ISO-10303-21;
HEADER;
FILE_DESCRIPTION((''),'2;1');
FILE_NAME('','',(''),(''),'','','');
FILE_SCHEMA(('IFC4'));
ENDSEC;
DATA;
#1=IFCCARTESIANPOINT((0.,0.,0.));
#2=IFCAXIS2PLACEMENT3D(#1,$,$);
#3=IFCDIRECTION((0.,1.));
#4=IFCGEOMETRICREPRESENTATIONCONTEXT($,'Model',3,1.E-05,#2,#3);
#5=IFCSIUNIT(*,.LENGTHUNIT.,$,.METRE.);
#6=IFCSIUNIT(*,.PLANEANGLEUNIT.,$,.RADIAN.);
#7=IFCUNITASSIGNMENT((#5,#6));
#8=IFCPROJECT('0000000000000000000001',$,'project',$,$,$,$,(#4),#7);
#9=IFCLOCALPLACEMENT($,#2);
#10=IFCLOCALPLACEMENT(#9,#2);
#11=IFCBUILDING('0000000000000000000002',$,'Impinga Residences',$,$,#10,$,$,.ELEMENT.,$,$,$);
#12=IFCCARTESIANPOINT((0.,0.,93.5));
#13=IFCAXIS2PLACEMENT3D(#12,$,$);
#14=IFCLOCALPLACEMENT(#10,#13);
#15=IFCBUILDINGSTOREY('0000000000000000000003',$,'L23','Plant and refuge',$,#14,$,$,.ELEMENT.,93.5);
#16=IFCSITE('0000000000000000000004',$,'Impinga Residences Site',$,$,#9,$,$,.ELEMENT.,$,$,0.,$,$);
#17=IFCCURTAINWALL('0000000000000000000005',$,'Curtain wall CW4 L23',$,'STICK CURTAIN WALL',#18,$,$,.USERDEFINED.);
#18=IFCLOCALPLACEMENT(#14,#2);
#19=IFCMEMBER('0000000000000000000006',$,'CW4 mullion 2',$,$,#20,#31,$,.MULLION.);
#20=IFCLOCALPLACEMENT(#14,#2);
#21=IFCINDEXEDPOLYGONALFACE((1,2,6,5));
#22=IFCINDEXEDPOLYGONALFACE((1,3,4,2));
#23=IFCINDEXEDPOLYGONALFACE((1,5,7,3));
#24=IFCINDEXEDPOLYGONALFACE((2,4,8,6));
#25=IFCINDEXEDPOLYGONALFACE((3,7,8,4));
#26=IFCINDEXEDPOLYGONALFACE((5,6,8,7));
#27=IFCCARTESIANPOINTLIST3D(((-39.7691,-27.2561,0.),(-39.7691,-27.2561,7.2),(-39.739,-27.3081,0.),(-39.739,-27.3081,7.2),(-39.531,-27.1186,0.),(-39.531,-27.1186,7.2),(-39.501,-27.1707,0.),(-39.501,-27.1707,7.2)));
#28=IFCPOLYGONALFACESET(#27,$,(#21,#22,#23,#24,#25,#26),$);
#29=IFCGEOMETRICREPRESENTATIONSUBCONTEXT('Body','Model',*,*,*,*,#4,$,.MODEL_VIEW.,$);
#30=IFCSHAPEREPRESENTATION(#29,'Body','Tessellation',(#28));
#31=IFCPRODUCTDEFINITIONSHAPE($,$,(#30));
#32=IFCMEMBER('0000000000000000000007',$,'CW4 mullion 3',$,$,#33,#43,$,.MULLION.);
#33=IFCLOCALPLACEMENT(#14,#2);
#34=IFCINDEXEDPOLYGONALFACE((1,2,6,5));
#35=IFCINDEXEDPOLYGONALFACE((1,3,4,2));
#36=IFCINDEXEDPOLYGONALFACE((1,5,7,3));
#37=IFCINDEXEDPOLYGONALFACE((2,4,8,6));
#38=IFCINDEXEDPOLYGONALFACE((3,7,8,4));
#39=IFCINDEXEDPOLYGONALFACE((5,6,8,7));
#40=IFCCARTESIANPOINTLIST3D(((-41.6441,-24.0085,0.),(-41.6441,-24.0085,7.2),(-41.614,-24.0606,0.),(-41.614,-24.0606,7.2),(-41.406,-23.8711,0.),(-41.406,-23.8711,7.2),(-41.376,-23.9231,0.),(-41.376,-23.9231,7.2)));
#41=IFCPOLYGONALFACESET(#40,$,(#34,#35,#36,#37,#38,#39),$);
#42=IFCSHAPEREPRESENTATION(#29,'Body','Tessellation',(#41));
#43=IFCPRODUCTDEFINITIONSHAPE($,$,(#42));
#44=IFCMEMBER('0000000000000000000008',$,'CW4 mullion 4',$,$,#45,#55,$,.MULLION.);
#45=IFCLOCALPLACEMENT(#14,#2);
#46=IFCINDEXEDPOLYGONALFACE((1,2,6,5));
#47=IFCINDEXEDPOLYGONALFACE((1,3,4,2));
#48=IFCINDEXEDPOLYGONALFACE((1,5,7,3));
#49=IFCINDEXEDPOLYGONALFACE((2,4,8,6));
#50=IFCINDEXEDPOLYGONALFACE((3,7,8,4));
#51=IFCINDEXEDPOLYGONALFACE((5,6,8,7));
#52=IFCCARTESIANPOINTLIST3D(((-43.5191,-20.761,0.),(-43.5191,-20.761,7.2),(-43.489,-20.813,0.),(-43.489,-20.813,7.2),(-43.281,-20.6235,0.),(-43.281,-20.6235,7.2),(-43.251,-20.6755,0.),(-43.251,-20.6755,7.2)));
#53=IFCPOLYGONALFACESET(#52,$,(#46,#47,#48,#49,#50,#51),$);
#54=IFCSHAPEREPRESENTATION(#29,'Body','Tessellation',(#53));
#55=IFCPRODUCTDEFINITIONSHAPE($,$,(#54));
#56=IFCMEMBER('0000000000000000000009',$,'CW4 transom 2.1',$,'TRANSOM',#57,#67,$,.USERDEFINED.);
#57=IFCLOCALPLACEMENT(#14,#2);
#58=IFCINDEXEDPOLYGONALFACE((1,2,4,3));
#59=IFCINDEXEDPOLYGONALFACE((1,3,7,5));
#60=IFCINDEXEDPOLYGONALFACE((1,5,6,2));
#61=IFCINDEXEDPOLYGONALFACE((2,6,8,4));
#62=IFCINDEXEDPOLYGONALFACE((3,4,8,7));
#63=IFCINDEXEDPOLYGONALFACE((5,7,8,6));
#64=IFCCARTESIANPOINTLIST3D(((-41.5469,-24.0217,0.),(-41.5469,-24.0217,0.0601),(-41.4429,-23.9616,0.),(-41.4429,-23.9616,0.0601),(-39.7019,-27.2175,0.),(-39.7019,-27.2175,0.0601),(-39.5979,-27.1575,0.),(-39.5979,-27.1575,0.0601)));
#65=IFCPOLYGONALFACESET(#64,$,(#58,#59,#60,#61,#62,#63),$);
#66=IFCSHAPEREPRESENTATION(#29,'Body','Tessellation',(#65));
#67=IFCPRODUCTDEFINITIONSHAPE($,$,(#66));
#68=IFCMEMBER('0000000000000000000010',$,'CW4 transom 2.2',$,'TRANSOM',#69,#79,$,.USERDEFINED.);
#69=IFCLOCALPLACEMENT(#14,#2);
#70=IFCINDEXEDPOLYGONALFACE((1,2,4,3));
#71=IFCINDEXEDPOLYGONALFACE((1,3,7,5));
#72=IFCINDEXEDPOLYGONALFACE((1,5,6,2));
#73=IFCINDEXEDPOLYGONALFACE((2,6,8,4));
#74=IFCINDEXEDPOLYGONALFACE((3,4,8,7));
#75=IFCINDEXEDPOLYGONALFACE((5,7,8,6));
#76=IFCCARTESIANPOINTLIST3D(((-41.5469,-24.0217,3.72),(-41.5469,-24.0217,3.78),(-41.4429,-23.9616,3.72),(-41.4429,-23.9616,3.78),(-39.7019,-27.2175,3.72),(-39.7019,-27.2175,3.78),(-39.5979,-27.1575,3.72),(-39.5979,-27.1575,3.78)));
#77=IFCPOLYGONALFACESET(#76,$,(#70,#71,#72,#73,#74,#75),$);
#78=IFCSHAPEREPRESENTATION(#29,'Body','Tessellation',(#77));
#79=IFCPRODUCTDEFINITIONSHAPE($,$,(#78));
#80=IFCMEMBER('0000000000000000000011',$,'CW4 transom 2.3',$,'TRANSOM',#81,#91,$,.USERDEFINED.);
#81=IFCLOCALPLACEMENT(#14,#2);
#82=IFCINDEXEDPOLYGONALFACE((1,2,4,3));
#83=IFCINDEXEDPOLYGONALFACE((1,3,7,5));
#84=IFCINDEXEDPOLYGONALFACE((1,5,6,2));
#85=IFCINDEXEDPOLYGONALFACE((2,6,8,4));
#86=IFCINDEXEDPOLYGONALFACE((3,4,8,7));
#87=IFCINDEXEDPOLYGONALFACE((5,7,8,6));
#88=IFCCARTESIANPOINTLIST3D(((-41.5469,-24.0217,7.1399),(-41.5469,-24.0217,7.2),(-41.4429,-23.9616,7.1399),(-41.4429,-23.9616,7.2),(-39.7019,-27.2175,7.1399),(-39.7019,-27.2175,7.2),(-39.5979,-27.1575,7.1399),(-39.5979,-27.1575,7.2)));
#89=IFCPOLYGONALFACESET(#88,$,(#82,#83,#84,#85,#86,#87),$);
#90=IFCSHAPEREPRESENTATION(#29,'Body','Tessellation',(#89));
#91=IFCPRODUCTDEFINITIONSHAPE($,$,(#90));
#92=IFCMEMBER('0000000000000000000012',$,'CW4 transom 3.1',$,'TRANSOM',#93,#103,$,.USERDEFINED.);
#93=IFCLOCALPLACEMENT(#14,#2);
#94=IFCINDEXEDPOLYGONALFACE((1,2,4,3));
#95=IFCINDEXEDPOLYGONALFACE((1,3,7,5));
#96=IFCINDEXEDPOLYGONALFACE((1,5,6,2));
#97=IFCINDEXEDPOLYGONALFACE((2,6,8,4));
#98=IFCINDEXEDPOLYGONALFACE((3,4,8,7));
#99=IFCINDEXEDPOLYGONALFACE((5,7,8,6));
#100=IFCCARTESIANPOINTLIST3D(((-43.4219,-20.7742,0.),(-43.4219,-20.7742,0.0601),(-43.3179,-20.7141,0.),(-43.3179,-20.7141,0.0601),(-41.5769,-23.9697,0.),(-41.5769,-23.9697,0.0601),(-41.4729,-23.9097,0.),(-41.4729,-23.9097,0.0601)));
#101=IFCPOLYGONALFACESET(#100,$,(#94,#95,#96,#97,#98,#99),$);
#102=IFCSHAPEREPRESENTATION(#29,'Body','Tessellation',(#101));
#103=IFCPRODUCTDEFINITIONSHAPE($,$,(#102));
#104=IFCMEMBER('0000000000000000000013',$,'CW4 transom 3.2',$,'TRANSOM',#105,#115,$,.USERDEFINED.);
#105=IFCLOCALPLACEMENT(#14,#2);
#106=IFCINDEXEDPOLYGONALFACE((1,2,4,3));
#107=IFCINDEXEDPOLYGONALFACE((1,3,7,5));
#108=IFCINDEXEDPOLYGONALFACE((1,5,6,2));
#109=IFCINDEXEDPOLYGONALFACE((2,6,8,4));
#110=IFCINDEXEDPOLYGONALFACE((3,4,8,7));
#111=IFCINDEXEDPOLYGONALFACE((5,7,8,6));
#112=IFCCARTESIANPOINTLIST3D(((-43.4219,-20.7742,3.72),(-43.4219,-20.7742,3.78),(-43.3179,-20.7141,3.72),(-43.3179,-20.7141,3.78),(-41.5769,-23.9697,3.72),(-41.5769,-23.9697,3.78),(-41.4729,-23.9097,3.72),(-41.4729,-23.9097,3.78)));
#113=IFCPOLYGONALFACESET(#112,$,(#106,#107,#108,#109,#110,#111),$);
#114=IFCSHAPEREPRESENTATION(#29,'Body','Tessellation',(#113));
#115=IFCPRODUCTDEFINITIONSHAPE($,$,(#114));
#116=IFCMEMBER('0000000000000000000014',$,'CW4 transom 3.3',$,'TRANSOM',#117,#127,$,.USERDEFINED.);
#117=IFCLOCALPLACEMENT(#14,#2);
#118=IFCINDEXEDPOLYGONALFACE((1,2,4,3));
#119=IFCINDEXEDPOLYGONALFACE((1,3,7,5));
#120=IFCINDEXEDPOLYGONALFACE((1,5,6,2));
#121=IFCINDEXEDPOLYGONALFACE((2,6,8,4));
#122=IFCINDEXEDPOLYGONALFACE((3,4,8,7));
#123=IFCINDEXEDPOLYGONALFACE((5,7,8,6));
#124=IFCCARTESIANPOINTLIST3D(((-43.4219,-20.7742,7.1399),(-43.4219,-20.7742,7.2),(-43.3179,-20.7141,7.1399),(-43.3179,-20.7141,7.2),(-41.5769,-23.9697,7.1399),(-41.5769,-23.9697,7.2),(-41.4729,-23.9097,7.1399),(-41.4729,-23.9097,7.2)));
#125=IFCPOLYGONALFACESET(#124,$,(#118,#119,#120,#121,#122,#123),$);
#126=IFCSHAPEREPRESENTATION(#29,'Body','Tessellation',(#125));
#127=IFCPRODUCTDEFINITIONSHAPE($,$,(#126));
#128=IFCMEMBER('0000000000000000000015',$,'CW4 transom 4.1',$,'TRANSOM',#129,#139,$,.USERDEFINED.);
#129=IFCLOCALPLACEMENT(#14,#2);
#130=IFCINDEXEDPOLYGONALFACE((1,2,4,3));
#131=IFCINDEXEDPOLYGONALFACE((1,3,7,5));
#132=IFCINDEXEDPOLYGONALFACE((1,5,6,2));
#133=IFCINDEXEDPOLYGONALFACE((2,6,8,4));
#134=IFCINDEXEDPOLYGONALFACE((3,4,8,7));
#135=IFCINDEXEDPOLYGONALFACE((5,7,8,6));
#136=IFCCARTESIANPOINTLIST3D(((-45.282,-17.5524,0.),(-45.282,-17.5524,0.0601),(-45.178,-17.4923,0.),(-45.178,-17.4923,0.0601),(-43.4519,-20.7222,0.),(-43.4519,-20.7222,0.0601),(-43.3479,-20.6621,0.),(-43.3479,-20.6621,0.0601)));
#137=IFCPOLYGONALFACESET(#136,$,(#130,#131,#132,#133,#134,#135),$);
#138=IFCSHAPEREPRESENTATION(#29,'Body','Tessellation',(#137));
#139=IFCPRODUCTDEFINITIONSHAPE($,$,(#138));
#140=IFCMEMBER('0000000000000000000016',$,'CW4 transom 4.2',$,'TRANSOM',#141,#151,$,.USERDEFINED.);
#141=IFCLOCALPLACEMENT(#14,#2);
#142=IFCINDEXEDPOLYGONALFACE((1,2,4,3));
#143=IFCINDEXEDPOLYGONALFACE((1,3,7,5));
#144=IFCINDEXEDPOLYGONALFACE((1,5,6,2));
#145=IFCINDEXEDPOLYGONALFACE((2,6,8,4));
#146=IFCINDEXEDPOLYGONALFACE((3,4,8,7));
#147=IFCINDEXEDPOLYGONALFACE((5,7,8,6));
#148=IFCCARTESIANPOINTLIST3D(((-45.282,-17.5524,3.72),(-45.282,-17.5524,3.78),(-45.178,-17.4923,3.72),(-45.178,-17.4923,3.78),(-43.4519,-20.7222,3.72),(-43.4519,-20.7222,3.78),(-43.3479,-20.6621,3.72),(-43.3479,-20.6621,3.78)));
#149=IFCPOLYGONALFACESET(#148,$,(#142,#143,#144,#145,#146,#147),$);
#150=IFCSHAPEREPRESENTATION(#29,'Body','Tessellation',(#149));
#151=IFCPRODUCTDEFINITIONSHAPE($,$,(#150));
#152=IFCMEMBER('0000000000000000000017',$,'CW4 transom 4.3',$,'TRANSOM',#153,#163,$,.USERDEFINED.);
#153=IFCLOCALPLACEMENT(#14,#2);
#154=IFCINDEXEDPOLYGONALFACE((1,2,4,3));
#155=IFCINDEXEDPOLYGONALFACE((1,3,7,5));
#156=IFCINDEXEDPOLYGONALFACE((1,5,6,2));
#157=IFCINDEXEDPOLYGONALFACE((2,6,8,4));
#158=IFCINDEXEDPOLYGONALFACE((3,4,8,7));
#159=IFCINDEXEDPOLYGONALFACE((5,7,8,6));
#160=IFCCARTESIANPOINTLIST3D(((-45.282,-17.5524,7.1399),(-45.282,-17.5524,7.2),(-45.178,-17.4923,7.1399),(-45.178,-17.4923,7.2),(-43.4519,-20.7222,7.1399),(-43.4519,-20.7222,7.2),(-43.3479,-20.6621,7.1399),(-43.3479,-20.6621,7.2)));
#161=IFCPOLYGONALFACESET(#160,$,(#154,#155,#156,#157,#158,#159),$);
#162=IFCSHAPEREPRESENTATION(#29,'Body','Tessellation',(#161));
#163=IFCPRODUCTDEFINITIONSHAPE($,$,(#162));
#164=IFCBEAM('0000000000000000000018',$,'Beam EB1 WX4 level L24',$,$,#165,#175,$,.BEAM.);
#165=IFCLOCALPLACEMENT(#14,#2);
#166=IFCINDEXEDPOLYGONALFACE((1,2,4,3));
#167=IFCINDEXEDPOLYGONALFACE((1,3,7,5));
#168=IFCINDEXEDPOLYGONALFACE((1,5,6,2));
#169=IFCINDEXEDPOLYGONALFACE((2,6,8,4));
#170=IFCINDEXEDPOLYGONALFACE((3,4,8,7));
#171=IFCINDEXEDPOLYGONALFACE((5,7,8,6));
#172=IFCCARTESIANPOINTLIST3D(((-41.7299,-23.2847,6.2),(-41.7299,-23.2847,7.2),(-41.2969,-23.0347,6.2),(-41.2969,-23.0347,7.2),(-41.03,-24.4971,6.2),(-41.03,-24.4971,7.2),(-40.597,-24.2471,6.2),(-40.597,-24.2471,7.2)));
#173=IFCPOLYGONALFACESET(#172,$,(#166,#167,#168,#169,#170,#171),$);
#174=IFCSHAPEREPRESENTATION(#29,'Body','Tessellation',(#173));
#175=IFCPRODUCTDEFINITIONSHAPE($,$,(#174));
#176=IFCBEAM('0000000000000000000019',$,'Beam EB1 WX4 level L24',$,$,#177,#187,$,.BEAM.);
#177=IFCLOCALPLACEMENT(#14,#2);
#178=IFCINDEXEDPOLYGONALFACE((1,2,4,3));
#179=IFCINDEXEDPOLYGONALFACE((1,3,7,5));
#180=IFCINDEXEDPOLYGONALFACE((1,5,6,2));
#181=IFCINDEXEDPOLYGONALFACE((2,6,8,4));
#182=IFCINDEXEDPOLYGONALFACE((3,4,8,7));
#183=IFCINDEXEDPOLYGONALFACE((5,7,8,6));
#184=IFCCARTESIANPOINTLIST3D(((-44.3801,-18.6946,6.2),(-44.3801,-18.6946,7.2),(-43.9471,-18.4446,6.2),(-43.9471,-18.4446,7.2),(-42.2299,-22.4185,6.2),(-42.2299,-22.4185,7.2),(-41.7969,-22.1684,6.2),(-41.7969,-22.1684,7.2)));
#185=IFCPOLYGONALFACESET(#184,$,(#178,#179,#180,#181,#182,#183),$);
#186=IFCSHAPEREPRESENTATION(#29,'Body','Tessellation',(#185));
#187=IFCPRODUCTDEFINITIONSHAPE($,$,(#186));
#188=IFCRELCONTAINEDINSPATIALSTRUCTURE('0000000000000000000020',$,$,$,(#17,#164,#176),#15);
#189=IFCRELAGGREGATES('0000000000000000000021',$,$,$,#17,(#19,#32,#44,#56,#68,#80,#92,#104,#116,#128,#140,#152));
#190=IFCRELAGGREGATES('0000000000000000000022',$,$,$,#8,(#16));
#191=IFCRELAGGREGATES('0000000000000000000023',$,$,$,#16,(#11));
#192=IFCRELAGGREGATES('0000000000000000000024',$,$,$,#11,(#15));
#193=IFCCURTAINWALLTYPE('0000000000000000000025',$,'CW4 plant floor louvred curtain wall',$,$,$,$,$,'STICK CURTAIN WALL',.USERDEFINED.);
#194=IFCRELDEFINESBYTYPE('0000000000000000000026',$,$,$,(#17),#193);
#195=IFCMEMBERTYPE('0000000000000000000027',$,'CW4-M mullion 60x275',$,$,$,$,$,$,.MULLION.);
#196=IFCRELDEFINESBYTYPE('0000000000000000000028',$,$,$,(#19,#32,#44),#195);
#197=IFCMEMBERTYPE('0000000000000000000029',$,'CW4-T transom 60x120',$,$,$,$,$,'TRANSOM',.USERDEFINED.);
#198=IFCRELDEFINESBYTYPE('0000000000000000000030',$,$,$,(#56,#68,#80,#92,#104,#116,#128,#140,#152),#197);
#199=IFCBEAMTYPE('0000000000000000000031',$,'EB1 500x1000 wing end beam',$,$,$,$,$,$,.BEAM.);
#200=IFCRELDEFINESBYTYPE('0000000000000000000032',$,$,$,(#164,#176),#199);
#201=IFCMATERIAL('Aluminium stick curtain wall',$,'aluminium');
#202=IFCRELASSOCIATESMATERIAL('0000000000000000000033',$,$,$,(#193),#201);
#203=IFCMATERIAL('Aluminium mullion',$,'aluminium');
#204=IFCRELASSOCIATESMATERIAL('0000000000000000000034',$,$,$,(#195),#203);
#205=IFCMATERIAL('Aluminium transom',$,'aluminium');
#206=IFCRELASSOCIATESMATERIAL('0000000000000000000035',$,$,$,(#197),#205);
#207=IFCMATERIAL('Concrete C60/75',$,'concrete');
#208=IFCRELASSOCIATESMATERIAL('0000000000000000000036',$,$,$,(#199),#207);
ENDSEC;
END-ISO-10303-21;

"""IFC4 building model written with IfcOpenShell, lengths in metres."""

from ifc_helpers import new_model, si_unit, direction, frame, origin, origin_2d, place, context, subcontext, project, spatial, rectangle, extrude, material, material_profile, profile_set, type_object, element, aggregate, save


model = new_model("IFC4")

# Units and contexts
model_context = context("Model", 3, precision=1e-05, world=origin(), true_north=direction((0.0, 1.0)))
body_context = subcontext(model_context, "Body", "Model", "MODEL_VIEW")
ifc_project = project(units=[si_unit("LENGTHUNIT", "METRE"), si_unit("PLANEANGLEUNIT", "RADIAN")], contexts=[model_context])

# Site, building, storey
site_placement = place(None, origin())
site = spatial("IfcSite", under=ifc_project, at=site_placement, Name="Impinga Residences Site", CompositionType="ELEMENT", RefElevation=0.0)
building_placement = place(site_placement, origin())
building = spatial("IfcBuilding", under=site, at=building_placement, Name="Impinga Residences", CompositionType="ELEMENT")
storey_placement = place(building_placement, frame((0.0, 0.0, 93.5)))
storey = spatial("IfcBuildingStorey", under=building, at=storey_placement, Name="L23", Description="Plant and refuge", CompositionType="ELEMENT", Elevation=93.5)

# Curtain wall, members
ifc_material_1 = material(Name="Aluminium stick curtain wall", Category="aluminium")
curtain_wall_type = type_object("IfcCurtainWallType", Name="CW4 plant floor louvred curtain wall", ElementType="STICK CURTAIN WALL", PredefinedType="USERDEFINED", material=ifc_material_1)
curtain_wall_placement = place(storey_placement, origin())
curtain_wall = element("IfcCurtainWall", 1, at=curtain_wall_placement, inside=storey, type_object=curtain_wall_type, Name="Curtain wall CW4 L23", ObjectType="STICK CURTAIN WALL", PredefinedType="USERDEFINED")
ifc_material_2 = material(Name="Aluminium mullion", Category="aluminium")
ifc_material_profile_1 = material_profile(ifc_material_2, rectangle(XDim=0.0601, YDim=0.2749, at=origin_2d()), Name="60x275 mullion")
ifc_profile_set_1 = profile_set([ifc_material_profile_1], Name="Aluminium mullion")
member_type_1 = type_object("IfcMemberType", Name="CW4-M mullion 60x275", PredefinedType="MULLION", material=ifc_profile_set_1)
member_1_placement = place(storey_placement, frame((-39.635, -27.2134, 0.0), z_axis=(0.0, 0.0, 1.0), x_axis=(-0.5, 0.866025, 0.0)))
member_1 = element("IfcMember", 2, at=member_1_placement, type_object=member_type_1, Name="CW4 mullion 2", PredefinedType="MULLION", context=body_context, shape_type="SweptSolid", body=[
    extrude(rectangle(XDim=0.0601, YDim=0.2749, at=origin_2d()), origin(), (0.0, 0.0, 1.0), 7.2),
])
member_2_placement = place(storey_placement, frame((-41.51, -23.9658, 0.0), z_axis=(0.0, 0.0, 1.0), x_axis=(-0.5, 0.866025, 0.0)))
member_2 = element("IfcMember", 3, at=member_2_placement, type_object=member_type_1, Name="CW4 mullion 3", PredefinedType="MULLION", context=body_context, shape_type="SweptSolid", body=[
    extrude(rectangle(XDim=0.0601, YDim=0.2749, at=origin_2d()), origin(), (0.0, 0.0, 1.0), 7.2),
])
member_3_placement = place(storey_placement, frame((-43.385, -20.7183, 0.0), z_axis=(0.0, 0.0, 1.0), x_axis=(-0.5, 0.866025, 0.0)))
member_3 = element("IfcMember", 4, at=member_3_placement, type_object=member_type_1, Name="CW4 mullion 4", PredefinedType="MULLION", context=body_context, shape_type="SweptSolid", body=[
    extrude(rectangle(XDim=0.0601, YDim=0.2749, at=origin_2d()), origin(), (0.0, 0.0, 1.0), 7.2),
])
ifc_material_3 = material(Name="Aluminium transom", Category="aluminium")
ifc_material_profile_2 = material_profile(ifc_material_3, rectangle(XDim=0.0601, YDim=0.1201, at=origin_2d()), Name="60x120 transom")
ifc_profile_set_2 = profile_set([ifc_material_profile_2], Name="Aluminium transom")
member_type_2 = type_object("IfcMemberType", Name="CW4-T transom 60x120", ElementType="TRANSOM", PredefinedType="USERDEFINED", material=ifc_profile_set_2)
member_4_placement = place(storey_placement, frame((-39.6499, -27.1875, 0.03), z_axis=(-0.499974, 0.86604, 0.0), x_axis=(0.0, 0.0, 1.0)))
member_4 = element("IfcMember", 5, at=member_4_placement, type_object=member_type_2, Name="CW4 transom 2.1", ObjectType="TRANSOM", PredefinedType="USERDEFINED", context=body_context, shape_type="SweptSolid", body=[
    extrude(rectangle(XDim=0.0601, YDim=0.1201, at=origin_2d()), origin(), (0.0, 0.0, 1.0), 3.6902),
])
member_5_placement = place(storey_placement, frame((-39.6499, -27.1875, 3.75), z_axis=(-0.499974, 0.86604, 0.0), x_axis=(0.0, 0.0, 1.0)))
member_5 = element("IfcMember", 6, at=member_5_placement, type_object=member_type_2, Name="CW4 transom 2.2", ObjectType="TRANSOM", PredefinedType="USERDEFINED", context=body_context, shape_type="SweptSolid", body=[
    extrude(rectangle(XDim=0.0601, YDim=0.1201, at=origin_2d()), origin(), (0.0, 0.0, 1.0), 3.6902),
])
member_6_placement = place(storey_placement, frame((-39.6499, -27.1875, 7.1699), z_axis=(-0.499974, 0.86604, 0.0), x_axis=(0.0, 0.0, 1.0)))
member_6 = element("IfcMember", 7, at=member_6_placement, type_object=member_type_2, Name="CW4 transom 2.3", ObjectType="TRANSOM", PredefinedType="USERDEFINED", context=body_context, shape_type="SweptSolid", body=[
    extrude(rectangle(XDim=0.0601, YDim=0.1201, at=origin_2d()), origin(), (0.0, 0.0, 1.0), 3.6902),
])
member_7_placement = place(storey_placement, frame((-41.5249, -23.9397, 0.03), z_axis=(-0.500003, 0.866024, 0.0), x_axis=(0.0, 0.0, 1.0)))
member_7 = element("IfcMember", 8, at=member_7_placement, type_object=member_type_2, Name="CW4 transom 3.1", ObjectType="TRANSOM", PredefinedType="USERDEFINED", context=body_context, shape_type="SweptSolid", body=[
    extrude(rectangle(XDim=0.0601, YDim=0.1201, at=origin_2d()), origin(), (0.0, 0.0, 1.0), 3.6899),
])
member_8_placement = place(storey_placement, frame((-41.5249, -23.9397, 3.75), z_axis=(-0.500003, 0.866024, 0.0), x_axis=(0.0, 0.0, 1.0)))
member_8 = element("IfcMember", 9, at=member_8_placement, type_object=member_type_2, Name="CW4 transom 3.2", ObjectType="TRANSOM", PredefinedType="USERDEFINED", context=body_context, shape_type="SweptSolid", body=[
    extrude(rectangle(XDim=0.0601, YDim=0.1201, at=origin_2d()), origin(), (0.0, 0.0, 1.0), 3.6899),
])
member_9_placement = place(storey_placement, frame((-41.5249, -23.9397, 7.1699), z_axis=(-0.500003, 0.866024, 0.0), x_axis=(0.0, 0.0, 1.0)))
member_9 = element("IfcMember", 10, at=member_9_placement, type_object=member_type_2, Name="CW4 transom 3.3", ObjectType="TRANSOM", PredefinedType="USERDEFINED", context=body_context, shape_type="SweptSolid", body=[
    extrude(rectangle(XDim=0.0601, YDim=0.1201, at=origin_2d()), origin(), (0.0, 0.0, 1.0), 3.6899),
])
member_10_placement = place(storey_placement, frame((-43.3999, -20.6921, 0.03), z_axis=(-0.500013, 0.866018, 0.0), x_axis=(0.0, 0.0, 1.0)))
member_10 = element("IfcMember", 11, at=member_10_placement, type_object=member_type_2, Name="CW4 transom 4.1", ObjectType="TRANSOM", PredefinedType="USERDEFINED", context=body_context, shape_type="SweptSolid", body=[
    extrude(rectangle(XDim=0.0601, YDim=0.1201, at=origin_2d()), origin(), (0.0, 0.0, 1.0), 3.6602),
])
member_11_placement = place(storey_placement, frame((-43.3999, -20.6921, 3.75), z_axis=(-0.500013, 0.866018, 0.0), x_axis=(0.0, 0.0, 1.0)))
member_11 = element("IfcMember", 12, at=member_11_placement, type_object=member_type_2, Name="CW4 transom 4.2", ObjectType="TRANSOM", PredefinedType="USERDEFINED", context=body_context, shape_type="SweptSolid", body=[
    extrude(rectangle(XDim=0.0601, YDim=0.1201, at=origin_2d()), origin(), (0.0, 0.0, 1.0), 3.6602),
])
member_12_placement = place(storey_placement, frame((-43.3999, -20.6921, 7.1699), z_axis=(-0.500013, 0.866018, 0.0), x_axis=(0.0, 0.0, 1.0)))
member_12 = element("IfcMember", 13, at=member_12_placement, type_object=member_type_2, Name="CW4 transom 4.3", ObjectType="TRANSOM", PredefinedType="USERDEFINED", context=body_context, shape_type="SweptSolid", body=[
    extrude(rectangle(XDim=0.0601, YDim=0.1201, at=origin_2d()), origin(), (0.0, 0.0, 1.0), 3.6602),
])

# Beams
ifc_material_4 = material(Name="Concrete C60/75", Category="concrete")
ifc_material_profile_3 = material_profile(ifc_material_4, rectangle(XDim=0.5, YDim=1.0, at=origin_2d()), Name="RC 500x1000")
ifc_profile_set_3 = profile_set([ifc_material_profile_3], Name="Concrete C60/75")
beam_type = type_object("IfcBeamType", Name="EB1 500x1000 wing end beam", PredefinedType="BEAM", material=ifc_profile_set_3)
beam_1_placement = place(storey_placement, frame((-40.8135, -24.3721, 6.7), z_axis=(-0.499984, 0.866035, 0.0), x_axis=(-0.866035, -0.499984, 0.0)))
element("IfcBeam", 14, at=beam_1_placement, inside=storey, type_object=beam_type, Name="Beam EB1 WX4 level L24", PredefinedType="BEAM", context=body_context, shape_type="SweptSolid", body=[
    extrude(rectangle(XDim=0.5, YDim=1.0, at=origin_2d()), origin(), (0.0, 0.0, 1.0), 1.3999),
])
beam_2_placement = place(storey_placement, frame((-42.0134, -22.2935, 6.7), z_axis=(-0.500029, 0.866009, 0.0), x_axis=(-0.866009, -0.500029, 0.0)))
element("IfcBeam", 15, at=beam_2_placement, inside=storey, type_object=beam_type, Name="Beam EB1 WX4 level L24", PredefinedType="BEAM", context=body_context, shape_type="SweptSolid", body=[
    extrude(rectangle(XDim=0.5, YDim=1.0, at=origin_2d()), origin(), (0.0, 0.0, 1.0), 4.3),
])

aggregate(curtain_wall, [member_1, member_2, member_3, member_4, member_5, member_6, member_7, member_8, member_9, member_10, member_11, member_12])

save(model, "model.ifc")
